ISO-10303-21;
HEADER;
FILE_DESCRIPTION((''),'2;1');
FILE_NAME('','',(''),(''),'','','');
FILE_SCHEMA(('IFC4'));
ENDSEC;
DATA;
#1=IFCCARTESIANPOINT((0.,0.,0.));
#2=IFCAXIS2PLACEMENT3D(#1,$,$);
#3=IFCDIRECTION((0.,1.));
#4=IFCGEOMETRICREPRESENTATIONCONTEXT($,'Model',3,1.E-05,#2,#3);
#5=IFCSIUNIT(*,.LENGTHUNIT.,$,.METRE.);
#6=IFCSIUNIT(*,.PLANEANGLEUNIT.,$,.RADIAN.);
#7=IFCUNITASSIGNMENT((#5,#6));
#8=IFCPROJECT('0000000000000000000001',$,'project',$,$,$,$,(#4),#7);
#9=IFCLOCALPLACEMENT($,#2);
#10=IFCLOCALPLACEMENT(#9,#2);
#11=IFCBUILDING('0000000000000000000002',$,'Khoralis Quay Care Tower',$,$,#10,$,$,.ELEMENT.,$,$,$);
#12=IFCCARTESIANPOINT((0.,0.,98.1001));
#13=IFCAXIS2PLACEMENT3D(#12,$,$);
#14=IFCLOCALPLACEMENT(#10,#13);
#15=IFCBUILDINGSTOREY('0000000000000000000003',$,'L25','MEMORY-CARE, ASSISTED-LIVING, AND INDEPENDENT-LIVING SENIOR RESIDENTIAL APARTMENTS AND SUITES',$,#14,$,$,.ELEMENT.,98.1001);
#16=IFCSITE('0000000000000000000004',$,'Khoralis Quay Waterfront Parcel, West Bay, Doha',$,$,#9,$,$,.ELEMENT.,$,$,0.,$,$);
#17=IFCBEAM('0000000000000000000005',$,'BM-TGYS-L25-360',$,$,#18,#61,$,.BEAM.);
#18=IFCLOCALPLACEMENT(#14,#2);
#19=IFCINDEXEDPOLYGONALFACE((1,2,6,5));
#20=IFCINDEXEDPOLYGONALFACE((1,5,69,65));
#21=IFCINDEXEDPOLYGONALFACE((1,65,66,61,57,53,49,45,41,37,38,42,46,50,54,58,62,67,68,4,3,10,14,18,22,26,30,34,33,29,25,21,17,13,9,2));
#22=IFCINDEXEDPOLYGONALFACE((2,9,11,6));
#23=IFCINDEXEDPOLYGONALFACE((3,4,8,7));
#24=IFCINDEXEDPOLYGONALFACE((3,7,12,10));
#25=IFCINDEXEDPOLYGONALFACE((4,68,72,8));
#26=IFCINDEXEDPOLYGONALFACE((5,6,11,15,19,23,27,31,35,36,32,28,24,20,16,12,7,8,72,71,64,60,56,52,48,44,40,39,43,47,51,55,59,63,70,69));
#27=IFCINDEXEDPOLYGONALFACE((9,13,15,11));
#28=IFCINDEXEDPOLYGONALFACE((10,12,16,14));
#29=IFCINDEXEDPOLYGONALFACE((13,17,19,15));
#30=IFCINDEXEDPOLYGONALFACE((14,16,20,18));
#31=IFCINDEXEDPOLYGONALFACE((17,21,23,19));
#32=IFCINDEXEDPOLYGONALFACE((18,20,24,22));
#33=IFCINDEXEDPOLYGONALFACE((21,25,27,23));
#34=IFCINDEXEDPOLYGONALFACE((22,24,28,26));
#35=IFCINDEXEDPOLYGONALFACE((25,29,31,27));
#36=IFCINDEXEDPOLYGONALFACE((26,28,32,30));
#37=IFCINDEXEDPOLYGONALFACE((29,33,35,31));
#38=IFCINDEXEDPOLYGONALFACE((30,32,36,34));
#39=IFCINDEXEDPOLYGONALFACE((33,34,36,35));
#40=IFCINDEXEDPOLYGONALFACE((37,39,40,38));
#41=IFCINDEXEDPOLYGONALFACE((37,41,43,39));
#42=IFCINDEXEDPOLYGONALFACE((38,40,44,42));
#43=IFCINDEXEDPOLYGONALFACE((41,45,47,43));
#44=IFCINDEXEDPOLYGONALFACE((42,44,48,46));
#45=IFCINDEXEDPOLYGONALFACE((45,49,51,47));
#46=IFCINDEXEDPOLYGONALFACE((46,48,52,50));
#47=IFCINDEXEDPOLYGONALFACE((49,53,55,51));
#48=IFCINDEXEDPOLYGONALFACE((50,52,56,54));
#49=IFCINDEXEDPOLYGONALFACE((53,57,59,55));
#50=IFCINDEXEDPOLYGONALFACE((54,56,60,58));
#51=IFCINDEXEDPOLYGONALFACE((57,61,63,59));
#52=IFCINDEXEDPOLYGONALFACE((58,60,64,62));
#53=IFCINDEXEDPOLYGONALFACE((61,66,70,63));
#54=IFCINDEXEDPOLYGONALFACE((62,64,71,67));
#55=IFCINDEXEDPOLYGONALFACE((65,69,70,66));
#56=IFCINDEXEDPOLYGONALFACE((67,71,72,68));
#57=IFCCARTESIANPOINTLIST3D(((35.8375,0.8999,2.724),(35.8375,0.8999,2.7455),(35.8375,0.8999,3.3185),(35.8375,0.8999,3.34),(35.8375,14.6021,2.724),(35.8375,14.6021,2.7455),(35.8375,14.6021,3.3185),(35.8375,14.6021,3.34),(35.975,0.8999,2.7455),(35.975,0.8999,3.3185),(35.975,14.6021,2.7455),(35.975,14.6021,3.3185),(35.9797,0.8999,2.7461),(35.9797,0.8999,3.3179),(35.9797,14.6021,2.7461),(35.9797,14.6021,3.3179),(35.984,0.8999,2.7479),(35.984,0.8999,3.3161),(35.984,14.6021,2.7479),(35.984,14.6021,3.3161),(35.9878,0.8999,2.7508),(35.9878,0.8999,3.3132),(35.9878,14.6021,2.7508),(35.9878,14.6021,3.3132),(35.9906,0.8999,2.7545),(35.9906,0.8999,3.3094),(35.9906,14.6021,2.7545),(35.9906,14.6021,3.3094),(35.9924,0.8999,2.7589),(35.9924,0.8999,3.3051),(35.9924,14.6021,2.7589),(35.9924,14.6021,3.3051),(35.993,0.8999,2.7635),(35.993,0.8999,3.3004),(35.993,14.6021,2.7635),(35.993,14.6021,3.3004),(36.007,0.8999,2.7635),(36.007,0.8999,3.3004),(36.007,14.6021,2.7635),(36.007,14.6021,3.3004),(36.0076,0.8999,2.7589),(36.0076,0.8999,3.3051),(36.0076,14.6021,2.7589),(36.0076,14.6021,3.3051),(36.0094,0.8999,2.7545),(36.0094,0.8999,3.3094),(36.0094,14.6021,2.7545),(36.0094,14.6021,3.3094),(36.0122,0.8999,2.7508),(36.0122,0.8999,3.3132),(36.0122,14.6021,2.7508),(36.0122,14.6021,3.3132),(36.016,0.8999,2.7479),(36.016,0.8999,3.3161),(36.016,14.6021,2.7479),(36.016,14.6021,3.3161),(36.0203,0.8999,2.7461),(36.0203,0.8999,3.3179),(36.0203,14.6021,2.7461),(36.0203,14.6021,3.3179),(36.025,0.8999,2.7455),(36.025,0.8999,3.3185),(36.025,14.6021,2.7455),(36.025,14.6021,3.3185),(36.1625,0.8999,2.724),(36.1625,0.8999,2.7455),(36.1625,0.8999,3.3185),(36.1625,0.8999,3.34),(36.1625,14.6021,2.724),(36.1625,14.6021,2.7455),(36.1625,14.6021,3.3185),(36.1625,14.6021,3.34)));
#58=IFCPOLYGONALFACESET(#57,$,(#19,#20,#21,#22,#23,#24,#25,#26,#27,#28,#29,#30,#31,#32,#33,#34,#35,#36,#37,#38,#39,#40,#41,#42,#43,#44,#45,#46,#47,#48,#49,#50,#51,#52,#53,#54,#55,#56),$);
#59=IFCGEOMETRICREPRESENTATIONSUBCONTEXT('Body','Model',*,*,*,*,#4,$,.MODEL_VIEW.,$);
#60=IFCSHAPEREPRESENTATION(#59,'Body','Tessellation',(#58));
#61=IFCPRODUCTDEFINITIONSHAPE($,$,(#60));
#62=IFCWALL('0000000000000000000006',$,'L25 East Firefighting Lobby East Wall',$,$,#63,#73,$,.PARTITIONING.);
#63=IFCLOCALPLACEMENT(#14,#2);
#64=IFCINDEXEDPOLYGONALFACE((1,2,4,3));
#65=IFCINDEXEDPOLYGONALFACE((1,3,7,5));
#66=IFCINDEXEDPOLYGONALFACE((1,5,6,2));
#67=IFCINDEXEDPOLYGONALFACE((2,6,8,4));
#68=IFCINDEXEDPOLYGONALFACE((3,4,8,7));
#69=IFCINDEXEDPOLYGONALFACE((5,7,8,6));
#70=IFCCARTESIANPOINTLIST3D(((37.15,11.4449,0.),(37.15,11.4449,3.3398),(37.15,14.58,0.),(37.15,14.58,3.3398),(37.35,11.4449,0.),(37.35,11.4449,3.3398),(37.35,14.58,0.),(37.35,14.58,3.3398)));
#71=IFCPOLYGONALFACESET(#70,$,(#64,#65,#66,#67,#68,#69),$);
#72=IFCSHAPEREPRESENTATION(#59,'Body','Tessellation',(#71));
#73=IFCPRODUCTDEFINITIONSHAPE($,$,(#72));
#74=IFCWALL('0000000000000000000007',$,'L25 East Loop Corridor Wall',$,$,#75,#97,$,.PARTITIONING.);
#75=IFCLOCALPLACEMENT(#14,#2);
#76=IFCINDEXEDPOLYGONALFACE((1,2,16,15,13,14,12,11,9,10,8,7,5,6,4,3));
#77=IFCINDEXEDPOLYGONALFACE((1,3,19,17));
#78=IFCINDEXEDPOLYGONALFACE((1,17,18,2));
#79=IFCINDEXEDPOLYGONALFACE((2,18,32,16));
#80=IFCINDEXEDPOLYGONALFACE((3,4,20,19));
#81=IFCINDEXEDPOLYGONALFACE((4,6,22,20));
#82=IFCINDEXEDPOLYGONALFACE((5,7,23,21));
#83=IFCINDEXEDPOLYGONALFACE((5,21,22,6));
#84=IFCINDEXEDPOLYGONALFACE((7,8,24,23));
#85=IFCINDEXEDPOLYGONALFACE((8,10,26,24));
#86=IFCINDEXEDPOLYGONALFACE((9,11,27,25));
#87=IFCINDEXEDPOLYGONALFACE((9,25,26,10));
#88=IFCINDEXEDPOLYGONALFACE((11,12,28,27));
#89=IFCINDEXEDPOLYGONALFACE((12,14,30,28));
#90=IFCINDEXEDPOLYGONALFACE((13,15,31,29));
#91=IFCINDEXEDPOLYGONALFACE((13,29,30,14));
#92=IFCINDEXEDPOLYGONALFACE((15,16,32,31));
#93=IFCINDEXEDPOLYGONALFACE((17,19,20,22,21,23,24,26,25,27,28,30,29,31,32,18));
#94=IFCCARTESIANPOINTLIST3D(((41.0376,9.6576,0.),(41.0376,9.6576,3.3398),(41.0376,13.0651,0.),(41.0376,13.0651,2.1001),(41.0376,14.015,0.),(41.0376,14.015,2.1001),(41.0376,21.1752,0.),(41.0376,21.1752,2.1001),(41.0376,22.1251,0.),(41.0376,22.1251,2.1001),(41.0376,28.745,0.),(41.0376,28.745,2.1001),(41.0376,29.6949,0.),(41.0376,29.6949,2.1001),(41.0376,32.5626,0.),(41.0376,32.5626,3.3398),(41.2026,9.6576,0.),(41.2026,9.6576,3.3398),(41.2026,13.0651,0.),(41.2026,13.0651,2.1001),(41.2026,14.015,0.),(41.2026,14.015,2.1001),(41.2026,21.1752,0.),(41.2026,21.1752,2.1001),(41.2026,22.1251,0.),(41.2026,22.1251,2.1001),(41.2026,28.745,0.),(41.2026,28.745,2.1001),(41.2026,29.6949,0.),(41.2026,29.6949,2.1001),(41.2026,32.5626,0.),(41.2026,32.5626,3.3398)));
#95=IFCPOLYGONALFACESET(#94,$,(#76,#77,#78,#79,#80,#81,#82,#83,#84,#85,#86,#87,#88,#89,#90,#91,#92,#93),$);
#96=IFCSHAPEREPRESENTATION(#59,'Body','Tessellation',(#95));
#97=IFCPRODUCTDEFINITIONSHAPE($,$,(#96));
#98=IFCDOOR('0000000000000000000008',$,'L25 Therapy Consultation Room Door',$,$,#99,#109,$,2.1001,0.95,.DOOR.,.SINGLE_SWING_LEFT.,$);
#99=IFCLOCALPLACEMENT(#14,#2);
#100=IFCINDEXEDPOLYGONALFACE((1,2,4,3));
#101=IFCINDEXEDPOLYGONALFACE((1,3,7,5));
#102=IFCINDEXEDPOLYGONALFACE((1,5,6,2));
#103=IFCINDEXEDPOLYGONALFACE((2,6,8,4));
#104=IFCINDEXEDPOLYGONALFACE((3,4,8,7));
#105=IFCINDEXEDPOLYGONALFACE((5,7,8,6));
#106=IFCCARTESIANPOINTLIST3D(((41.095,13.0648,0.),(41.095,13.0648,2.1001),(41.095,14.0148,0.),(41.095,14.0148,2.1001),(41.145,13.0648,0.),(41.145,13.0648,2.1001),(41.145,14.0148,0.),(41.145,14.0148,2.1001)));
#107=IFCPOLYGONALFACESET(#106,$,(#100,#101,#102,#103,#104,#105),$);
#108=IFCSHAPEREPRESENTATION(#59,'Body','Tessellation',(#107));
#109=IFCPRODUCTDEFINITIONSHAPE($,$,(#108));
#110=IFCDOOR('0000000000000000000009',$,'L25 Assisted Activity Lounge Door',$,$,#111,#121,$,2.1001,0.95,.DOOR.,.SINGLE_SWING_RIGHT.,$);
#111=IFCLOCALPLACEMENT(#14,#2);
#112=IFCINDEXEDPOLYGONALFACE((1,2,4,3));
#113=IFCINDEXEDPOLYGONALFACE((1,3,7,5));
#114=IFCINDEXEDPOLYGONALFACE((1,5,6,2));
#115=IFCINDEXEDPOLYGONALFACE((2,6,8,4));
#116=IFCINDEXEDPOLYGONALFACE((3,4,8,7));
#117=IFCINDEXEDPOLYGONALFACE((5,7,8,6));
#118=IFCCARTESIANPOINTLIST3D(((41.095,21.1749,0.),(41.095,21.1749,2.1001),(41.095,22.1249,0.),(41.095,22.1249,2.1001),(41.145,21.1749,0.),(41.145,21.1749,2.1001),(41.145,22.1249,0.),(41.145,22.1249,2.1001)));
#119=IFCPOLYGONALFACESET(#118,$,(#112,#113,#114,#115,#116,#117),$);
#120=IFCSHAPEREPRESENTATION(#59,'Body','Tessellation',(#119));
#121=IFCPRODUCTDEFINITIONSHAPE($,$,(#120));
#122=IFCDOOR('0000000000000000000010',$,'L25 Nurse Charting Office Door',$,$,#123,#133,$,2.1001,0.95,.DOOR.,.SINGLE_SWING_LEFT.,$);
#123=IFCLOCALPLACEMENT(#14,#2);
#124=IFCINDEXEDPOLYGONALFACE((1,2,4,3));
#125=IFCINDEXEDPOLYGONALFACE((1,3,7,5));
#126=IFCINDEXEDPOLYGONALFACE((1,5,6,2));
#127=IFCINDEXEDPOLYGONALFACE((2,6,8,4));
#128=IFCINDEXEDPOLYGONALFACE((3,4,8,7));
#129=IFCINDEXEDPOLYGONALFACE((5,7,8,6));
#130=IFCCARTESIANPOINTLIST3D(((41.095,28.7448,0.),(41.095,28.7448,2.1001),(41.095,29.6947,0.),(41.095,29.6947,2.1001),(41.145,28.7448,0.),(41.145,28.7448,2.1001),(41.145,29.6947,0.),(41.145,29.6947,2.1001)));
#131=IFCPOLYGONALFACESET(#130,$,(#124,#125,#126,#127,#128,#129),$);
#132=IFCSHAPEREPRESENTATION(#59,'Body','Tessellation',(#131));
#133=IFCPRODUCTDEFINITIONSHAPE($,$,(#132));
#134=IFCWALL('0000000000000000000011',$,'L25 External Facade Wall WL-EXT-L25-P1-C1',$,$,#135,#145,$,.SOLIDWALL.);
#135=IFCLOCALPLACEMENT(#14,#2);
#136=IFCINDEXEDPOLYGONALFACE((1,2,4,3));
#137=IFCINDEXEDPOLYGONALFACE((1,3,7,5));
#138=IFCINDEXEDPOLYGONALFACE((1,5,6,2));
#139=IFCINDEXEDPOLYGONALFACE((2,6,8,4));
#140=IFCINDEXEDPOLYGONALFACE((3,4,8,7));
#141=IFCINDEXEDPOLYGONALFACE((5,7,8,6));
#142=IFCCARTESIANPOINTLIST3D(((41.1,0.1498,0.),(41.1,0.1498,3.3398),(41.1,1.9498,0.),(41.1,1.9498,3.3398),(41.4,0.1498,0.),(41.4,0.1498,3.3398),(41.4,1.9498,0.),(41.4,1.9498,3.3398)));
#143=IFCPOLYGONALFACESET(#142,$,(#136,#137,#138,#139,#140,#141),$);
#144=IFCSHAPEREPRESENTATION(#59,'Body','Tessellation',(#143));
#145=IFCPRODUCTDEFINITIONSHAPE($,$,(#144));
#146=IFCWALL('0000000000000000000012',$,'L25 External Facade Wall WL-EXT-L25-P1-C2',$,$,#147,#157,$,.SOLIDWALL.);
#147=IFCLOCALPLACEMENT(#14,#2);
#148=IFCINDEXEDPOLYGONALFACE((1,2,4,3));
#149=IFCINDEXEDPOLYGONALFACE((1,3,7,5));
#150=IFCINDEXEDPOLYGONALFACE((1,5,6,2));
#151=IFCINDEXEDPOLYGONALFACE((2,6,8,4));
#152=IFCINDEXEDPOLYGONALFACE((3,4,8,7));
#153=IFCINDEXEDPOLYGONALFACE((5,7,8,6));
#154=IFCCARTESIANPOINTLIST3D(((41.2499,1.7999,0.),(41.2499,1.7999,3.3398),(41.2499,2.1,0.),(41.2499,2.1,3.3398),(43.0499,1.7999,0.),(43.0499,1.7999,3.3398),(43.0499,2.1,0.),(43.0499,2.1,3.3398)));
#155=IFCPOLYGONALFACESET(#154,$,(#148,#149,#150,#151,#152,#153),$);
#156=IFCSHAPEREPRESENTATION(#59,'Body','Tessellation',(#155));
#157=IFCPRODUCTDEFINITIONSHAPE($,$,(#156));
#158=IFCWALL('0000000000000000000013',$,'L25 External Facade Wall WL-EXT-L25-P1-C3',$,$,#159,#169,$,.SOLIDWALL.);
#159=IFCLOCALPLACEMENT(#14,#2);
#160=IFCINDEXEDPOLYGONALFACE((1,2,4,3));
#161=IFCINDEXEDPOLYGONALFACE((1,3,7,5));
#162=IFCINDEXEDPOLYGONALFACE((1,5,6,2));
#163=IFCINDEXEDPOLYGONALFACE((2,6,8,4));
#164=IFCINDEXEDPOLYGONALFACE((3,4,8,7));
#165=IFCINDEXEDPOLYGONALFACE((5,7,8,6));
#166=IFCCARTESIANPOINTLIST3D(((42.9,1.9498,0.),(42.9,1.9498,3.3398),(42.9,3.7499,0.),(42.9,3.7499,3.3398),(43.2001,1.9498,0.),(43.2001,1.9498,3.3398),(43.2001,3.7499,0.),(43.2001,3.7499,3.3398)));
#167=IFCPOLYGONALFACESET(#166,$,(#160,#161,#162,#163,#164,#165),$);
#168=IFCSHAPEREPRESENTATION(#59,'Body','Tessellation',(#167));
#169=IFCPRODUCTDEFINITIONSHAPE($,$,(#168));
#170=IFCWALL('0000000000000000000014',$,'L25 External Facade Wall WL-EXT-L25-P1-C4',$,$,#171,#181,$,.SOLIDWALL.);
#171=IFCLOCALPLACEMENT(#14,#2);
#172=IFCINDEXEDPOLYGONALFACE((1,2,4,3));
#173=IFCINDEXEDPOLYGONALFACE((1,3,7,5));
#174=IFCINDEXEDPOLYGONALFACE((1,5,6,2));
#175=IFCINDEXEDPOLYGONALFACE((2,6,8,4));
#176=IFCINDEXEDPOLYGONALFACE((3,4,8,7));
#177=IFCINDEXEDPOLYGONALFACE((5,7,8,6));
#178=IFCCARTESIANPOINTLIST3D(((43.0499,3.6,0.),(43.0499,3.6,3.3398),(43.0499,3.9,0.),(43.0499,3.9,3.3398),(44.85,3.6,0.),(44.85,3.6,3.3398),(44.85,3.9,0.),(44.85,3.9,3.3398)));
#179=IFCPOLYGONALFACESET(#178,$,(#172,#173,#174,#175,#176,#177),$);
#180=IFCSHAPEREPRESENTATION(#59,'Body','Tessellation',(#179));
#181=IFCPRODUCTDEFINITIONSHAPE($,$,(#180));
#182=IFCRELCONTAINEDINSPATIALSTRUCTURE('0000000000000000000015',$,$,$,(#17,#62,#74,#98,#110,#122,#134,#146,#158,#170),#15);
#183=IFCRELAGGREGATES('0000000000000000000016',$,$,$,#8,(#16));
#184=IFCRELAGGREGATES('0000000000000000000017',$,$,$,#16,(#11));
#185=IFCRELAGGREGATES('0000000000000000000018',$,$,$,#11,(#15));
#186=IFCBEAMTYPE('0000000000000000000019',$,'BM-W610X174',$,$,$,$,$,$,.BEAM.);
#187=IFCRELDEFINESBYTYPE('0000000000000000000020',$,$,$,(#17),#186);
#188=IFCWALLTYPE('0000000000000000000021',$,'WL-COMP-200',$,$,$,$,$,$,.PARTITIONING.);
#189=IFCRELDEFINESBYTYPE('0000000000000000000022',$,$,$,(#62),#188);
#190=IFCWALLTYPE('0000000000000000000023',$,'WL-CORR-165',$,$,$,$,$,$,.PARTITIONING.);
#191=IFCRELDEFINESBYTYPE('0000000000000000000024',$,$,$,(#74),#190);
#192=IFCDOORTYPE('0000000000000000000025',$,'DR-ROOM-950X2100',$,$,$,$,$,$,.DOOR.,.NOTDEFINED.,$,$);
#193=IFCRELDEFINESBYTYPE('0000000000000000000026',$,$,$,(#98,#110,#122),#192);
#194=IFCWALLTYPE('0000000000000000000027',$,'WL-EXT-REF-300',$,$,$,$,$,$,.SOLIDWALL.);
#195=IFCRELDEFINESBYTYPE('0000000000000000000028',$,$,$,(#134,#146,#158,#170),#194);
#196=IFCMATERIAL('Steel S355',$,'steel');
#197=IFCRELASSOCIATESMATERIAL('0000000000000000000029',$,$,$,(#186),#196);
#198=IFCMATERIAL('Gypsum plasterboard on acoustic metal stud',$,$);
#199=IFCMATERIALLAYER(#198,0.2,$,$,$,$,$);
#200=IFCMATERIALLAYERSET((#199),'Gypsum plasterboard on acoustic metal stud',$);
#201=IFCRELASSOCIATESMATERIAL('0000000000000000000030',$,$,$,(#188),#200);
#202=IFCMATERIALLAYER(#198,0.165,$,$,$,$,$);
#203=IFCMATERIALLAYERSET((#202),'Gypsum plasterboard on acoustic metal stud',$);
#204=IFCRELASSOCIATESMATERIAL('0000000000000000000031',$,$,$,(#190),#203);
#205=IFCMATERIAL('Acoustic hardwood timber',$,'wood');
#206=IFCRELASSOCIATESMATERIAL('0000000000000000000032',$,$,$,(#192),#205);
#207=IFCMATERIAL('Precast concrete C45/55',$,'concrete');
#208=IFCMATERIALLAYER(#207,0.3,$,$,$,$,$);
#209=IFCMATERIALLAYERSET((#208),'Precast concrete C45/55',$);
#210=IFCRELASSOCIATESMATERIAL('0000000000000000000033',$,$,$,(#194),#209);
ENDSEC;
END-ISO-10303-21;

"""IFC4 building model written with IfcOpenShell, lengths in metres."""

from ifc_helpers import new_model, si_unit, direction, frame, frame_2d, origin, origin_2d, place, context, subcontext, project, spatial, rectangle, i_section, extrude, source, transform, mapped, material, layer, layer_set, material_profile, profile_set, type_object, element, fill, save


model = new_model("IFC4")

# Units and contexts
model_context = context("Model", 3, precision=1e-05, world=origin(), true_north=direction((0.0, 1.0)))
body_context = subcontext(model_context, "Body", "Model", "MODEL_VIEW")
ifc_project = project(units=[si_unit("LENGTHUNIT", "METRE"), si_unit("PLANEANGLEUNIT", "RADIAN")], contexts=[model_context])

# Site, building, storey
site_placement = place(None, origin())
site = spatial("IfcSite", under=ifc_project, at=site_placement, Name="Khoralis Quay Waterfront Parcel, West Bay, Doha", CompositionType="ELEMENT", RefElevation=0.0)
building_placement = place(site_placement, origin())
building = spatial("IfcBuilding", under=site, at=building_placement, Name="Khoralis Quay Care Tower", CompositionType="ELEMENT")
storey_placement = place(building_placement, frame((0.0, 0.0, 98.1001)))
storey = spatial("IfcBuildingStorey", under=building, at=storey_placement, Name="L25", Description="MEMORY-CARE, ASSISTED-LIVING, AND INDEPENDENT-LIVING SENIOR RESIDENTIAL APARTMENTS AND SUITES", CompositionType="ELEMENT", Elevation=98.1001)

# Beam
ifc_material_1 = material(Name="Steel S355", Category="steel")
ifc_material_profile_1 = material_profile(ifc_material_1, i_section(OverallWidth=0.325, OverallDepth=0.616, WebThickness=0.0139, FlangeThickness=0.0215, FilletRadius=0.0181, at=origin_2d()), Name="Steel S355")
ifc_profile_set_1 = profile_set([ifc_material_profile_1], Name="Steel S355")
beam_type_1 = type_object("IfcBeamType", Name="BM-W610X174", PredefinedType="BEAM", material=ifc_profile_set_1)
shared_shape_1 = source(origin(), body_context, "Body", "SweptSolid", [
    extrude(i_section(OverallWidth=0.325, OverallDepth=0.616, WebThickness=0.0139, FlangeThickness=0.0215, FilletRadius=0.0181, at=origin_2d()), origin(), (0.0, 0.0, 1.0), 13.7021),
])
beam_1_placement = place(storey_placement, frame((36.0, 0.8999, 3.032), z_axis=(0.0, 1.0, 0.0), x_axis=(-1.0, 0.0, 0.0)))
element("IfcBeam", 1, at=beam_1_placement, inside=storey, type_object=beam_type_1, Name="BM-TGYS-L25-360", PredefinedType="BEAM", context=body_context, shape_type="MappedRepresentation", body=[
    mapped(shared_shape_1, transform((0.0, 0.0, 0.0), scale=1.0)),
])

# Wall
ifc_material_2 = material(Name="Gypsum plasterboard on acoustic metal stud")
ifc_layer_1 = layer(ifc_material_2, 0.2)
ifc_layer_set_1 = layer_set([ifc_layer_1], Name="Gypsum plasterboard on acoustic metal stud")
wall_type_1 = type_object("IfcWallType", Name="WL-COMP-200", PredefinedType="PARTITIONING", material=ifc_layer_set_1)
wall_1_placement = place(storey_placement, frame((37.25, 11.4451, 0.0), z_axis=(0.0, 0.0, 1.0), x_axis=(0.0, 1.0, 0.0)))
element("IfcWall", 2, at=wall_1_placement, inside=storey, type_object=wall_type_1, Name="L25 East Firefighting Lobby East Wall", PredefinedType="PARTITIONING", context=body_context, shape_type="SweptSolid", body=[
    extrude(rectangle(XDim=3.135, YDim=0.2, at=frame_2d((1.5674, 0.0))), origin(), (0.0, 0.0, 1.0), 3.3398),
])

# Wall, openings, doors
ifc_layer_2 = layer(ifc_material_2, 0.165)
ifc_layer_set_2 = layer_set([ifc_layer_2], Name="Gypsum plasterboard on acoustic metal stud")
wall_type_2 = type_object("IfcWallType", Name="WL-CORR-165", PredefinedType="PARTITIONING", material=ifc_layer_set_2)
wall_2_placement = place(storey_placement, frame((41.1201, 9.6575, 0.0), z_axis=(0.0, 0.0, 1.0), x_axis=(0.0, 1.0, 0.0)))
wall_2 = element("IfcWall", 3, at=wall_2_placement, inside=storey, type_object=wall_type_2, Name="L25 East Loop Corridor Wall", PredefinedType="PARTITIONING", context=body_context, shape_type="SweptSolid", body=[
    extrude(rectangle(XDim=22.905, YDim=0.165, at=frame_2d((11.4526, 0.0))), origin(), (0.0, 0.0, 1.0), 3.3398),
])
opening_1_placement = place(wall_2_placement, frame((3.4075, 0.0, 0.0)))
opening_1 = element("IfcOpeningElement", 4, at=opening_1_placement, cuts=wall_2, PredefinedType="OPENING", context=body_context, shape_type="SweptSolid", body=[
    extrude(rectangle(XDim=0.95, YDim=2.1001, at=frame_2d((0.4751, 1.05))), frame((0.0, 0.0925, 0.0), z_axis=(0.0, -1.0, 0.0), x_axis=(1.0, 0.0, 0.0)), (0.0, 0.0, 1.0), 0.1851),
])
opening_2_placement = place(wall_2_placement, frame((11.5176, 0.0, 0.0)))
opening_2 = element("IfcOpeningElement", 5, at=opening_2_placement, cuts=wall_2, PredefinedType="OPENING", context=body_context, shape_type="SweptSolid", body=[
    extrude(rectangle(XDim=0.95, YDim=2.1001, at=frame_2d((0.4751, 1.05))), frame((0.0, 0.0925, 0.0), z_axis=(0.0, -1.0, 0.0), x_axis=(1.0, 0.0, 0.0)), (0.0, 0.0, 1.0), 0.1851),
])
opening_3_placement = place(wall_2_placement, frame((19.0874, 0.0, 0.0)))
opening_3 = element("IfcOpeningElement", 6, at=opening_3_placement, cuts=wall_2, PredefinedType="OPENING", context=body_context, shape_type="SweptSolid", body=[
    extrude(rectangle(XDim=0.95, YDim=2.1001, at=frame_2d((0.4751, 1.05))), frame((0.0, 0.0925, 0.0), z_axis=(0.0, -1.0, 0.0), x_axis=(1.0, 0.0, 0.0)), (0.0, 0.0, 1.0), 0.1851),
])
ifc_material_3 = material(Name="Acoustic hardwood timber", Category="wood")
door_type_1 = type_object("IfcDoorType", Name="DR-ROOM-950X2100", OperationType="NOTDEFINED", PredefinedType="DOOR", material=ifc_material_3)
shared_shape_2 = source(origin(), body_context, "Body", "SweptSolid", [
    extrude(rectangle(XDim=0.95, YDim=2.1001, at=frame_2d((0.4751, 1.05))), frame((0.0, 0.0249, 0.0), z_axis=(0.0, -1.0, 0.0), x_axis=(1.0, 0.0, 0.0)), (0.0, 0.0, 1.0), 0.05),
])
door_1_placement = place(opening_1_placement, frame((0.95, 0.0, 0.0), z_axis=(0.0, 0.0, 1.0), x_axis=(-1.0, 0.0, 0.0)))
door_1 = element("IfcDoor", 7, at=door_1_placement, inside=storey, type_object=door_type_1, Name="L25 Therapy Consultation Room Door", OperationType="SINGLE_SWING_LEFT", OverallHeight=2.1001, OverallWidth=0.95, PredefinedType="DOOR", context=body_context, shape_type="MappedRepresentation", body=[
    mapped(shared_shape_2, transform((0.0, 0.0, 0.0), scale=1.0)),
])
fill(opening_1, door_1)
door_2_placement = place(opening_2_placement, frame((0.95, 0.0, 0.0), z_axis=(0.0, 0.0, 1.0), x_axis=(-1.0, 0.0, 0.0)))
door_2 = element("IfcDoor", 8, at=door_2_placement, inside=storey, type_object=door_type_1, Name="L25 Assisted Activity Lounge Door", OperationType="SINGLE_SWING_RIGHT", OverallHeight=2.1001, OverallWidth=0.95, PredefinedType="DOOR", context=body_context, shape_type="MappedRepresentation", body=[
    mapped(shared_shape_2, transform((0.0, 0.0, 0.0), scale=1.0)),
])
fill(opening_2, door_2)
door_3_placement = place(opening_3_placement, frame((0.95, 0.0, 0.0), z_axis=(0.0, 0.0, 1.0), x_axis=(-1.0, 0.0, 0.0)))
door_3 = element("IfcDoor", 9, at=door_3_placement, inside=storey, type_object=door_type_1, Name="L25 Nurse Charting Office Door", OperationType="SINGLE_SWING_LEFT", OverallHeight=2.1001, OverallWidth=0.95, PredefinedType="DOOR", context=body_context, shape_type="MappedRepresentation", body=[
    mapped(shared_shape_2, transform((0.0, 0.0, 0.0), scale=1.0)),
])
fill(opening_3, door_3)

# Walls
ifc_material_4 = material(Name="Precast concrete C45/55", Category="concrete")
ifc_layer_3 = layer(ifc_material_4, 0.3)
ifc_layer_set_3 = layer_set([ifc_layer_3], Name="Precast concrete C45/55")
wall_type_3 = type_object("IfcWallType", Name="WL-EXT-REF-300", PredefinedType="SOLIDWALL", material=ifc_layer_set_3)
for number, where, z_axis, x_axis, name in (
    (10, (41.25, 0.1499, 0.0), (0.0, 0.0, 1.0), (0.0, 1.0, 0.0), "L25 External Facade Wall WL-EXT-L25-P1-C1"),
    (11, (41.25, 1.95, 0.0), (0.0, 0.0, 1.0), (1.0, 0.0, 0.0), "L25 External Facade Wall WL-EXT-L25-P1-C2"),
    (12, (43.05, 1.95, 0.0), (0.0, 0.0, 1.0), (0.0, 1.0, 0.0), "L25 External Facade Wall WL-EXT-L25-P1-C3"),
    (13, (43.05, 3.75, 0.0), (0.0, 0.0, 1.0), (1.0, 0.0, 0.0), "L25 External Facade Wall WL-EXT-L25-P1-C4"),
):
    element("IfcWall", number, at=place(storey_placement, frame(where, z_axis=z_axis, x_axis=x_axis)), inside=storey, type_object=wall_type_3, Name=name, PredefinedType="SOLIDWALL", context=body_context, shape_type="SweptSolid", body=[
        extrude(rectangle(XDim=1.8, YDim=0.3, at=frame_2d((0.8999, 0.0))), origin(), (0.0, 0.0, 1.0), 3.3398),
    ])

save(model, "model.ifc")
